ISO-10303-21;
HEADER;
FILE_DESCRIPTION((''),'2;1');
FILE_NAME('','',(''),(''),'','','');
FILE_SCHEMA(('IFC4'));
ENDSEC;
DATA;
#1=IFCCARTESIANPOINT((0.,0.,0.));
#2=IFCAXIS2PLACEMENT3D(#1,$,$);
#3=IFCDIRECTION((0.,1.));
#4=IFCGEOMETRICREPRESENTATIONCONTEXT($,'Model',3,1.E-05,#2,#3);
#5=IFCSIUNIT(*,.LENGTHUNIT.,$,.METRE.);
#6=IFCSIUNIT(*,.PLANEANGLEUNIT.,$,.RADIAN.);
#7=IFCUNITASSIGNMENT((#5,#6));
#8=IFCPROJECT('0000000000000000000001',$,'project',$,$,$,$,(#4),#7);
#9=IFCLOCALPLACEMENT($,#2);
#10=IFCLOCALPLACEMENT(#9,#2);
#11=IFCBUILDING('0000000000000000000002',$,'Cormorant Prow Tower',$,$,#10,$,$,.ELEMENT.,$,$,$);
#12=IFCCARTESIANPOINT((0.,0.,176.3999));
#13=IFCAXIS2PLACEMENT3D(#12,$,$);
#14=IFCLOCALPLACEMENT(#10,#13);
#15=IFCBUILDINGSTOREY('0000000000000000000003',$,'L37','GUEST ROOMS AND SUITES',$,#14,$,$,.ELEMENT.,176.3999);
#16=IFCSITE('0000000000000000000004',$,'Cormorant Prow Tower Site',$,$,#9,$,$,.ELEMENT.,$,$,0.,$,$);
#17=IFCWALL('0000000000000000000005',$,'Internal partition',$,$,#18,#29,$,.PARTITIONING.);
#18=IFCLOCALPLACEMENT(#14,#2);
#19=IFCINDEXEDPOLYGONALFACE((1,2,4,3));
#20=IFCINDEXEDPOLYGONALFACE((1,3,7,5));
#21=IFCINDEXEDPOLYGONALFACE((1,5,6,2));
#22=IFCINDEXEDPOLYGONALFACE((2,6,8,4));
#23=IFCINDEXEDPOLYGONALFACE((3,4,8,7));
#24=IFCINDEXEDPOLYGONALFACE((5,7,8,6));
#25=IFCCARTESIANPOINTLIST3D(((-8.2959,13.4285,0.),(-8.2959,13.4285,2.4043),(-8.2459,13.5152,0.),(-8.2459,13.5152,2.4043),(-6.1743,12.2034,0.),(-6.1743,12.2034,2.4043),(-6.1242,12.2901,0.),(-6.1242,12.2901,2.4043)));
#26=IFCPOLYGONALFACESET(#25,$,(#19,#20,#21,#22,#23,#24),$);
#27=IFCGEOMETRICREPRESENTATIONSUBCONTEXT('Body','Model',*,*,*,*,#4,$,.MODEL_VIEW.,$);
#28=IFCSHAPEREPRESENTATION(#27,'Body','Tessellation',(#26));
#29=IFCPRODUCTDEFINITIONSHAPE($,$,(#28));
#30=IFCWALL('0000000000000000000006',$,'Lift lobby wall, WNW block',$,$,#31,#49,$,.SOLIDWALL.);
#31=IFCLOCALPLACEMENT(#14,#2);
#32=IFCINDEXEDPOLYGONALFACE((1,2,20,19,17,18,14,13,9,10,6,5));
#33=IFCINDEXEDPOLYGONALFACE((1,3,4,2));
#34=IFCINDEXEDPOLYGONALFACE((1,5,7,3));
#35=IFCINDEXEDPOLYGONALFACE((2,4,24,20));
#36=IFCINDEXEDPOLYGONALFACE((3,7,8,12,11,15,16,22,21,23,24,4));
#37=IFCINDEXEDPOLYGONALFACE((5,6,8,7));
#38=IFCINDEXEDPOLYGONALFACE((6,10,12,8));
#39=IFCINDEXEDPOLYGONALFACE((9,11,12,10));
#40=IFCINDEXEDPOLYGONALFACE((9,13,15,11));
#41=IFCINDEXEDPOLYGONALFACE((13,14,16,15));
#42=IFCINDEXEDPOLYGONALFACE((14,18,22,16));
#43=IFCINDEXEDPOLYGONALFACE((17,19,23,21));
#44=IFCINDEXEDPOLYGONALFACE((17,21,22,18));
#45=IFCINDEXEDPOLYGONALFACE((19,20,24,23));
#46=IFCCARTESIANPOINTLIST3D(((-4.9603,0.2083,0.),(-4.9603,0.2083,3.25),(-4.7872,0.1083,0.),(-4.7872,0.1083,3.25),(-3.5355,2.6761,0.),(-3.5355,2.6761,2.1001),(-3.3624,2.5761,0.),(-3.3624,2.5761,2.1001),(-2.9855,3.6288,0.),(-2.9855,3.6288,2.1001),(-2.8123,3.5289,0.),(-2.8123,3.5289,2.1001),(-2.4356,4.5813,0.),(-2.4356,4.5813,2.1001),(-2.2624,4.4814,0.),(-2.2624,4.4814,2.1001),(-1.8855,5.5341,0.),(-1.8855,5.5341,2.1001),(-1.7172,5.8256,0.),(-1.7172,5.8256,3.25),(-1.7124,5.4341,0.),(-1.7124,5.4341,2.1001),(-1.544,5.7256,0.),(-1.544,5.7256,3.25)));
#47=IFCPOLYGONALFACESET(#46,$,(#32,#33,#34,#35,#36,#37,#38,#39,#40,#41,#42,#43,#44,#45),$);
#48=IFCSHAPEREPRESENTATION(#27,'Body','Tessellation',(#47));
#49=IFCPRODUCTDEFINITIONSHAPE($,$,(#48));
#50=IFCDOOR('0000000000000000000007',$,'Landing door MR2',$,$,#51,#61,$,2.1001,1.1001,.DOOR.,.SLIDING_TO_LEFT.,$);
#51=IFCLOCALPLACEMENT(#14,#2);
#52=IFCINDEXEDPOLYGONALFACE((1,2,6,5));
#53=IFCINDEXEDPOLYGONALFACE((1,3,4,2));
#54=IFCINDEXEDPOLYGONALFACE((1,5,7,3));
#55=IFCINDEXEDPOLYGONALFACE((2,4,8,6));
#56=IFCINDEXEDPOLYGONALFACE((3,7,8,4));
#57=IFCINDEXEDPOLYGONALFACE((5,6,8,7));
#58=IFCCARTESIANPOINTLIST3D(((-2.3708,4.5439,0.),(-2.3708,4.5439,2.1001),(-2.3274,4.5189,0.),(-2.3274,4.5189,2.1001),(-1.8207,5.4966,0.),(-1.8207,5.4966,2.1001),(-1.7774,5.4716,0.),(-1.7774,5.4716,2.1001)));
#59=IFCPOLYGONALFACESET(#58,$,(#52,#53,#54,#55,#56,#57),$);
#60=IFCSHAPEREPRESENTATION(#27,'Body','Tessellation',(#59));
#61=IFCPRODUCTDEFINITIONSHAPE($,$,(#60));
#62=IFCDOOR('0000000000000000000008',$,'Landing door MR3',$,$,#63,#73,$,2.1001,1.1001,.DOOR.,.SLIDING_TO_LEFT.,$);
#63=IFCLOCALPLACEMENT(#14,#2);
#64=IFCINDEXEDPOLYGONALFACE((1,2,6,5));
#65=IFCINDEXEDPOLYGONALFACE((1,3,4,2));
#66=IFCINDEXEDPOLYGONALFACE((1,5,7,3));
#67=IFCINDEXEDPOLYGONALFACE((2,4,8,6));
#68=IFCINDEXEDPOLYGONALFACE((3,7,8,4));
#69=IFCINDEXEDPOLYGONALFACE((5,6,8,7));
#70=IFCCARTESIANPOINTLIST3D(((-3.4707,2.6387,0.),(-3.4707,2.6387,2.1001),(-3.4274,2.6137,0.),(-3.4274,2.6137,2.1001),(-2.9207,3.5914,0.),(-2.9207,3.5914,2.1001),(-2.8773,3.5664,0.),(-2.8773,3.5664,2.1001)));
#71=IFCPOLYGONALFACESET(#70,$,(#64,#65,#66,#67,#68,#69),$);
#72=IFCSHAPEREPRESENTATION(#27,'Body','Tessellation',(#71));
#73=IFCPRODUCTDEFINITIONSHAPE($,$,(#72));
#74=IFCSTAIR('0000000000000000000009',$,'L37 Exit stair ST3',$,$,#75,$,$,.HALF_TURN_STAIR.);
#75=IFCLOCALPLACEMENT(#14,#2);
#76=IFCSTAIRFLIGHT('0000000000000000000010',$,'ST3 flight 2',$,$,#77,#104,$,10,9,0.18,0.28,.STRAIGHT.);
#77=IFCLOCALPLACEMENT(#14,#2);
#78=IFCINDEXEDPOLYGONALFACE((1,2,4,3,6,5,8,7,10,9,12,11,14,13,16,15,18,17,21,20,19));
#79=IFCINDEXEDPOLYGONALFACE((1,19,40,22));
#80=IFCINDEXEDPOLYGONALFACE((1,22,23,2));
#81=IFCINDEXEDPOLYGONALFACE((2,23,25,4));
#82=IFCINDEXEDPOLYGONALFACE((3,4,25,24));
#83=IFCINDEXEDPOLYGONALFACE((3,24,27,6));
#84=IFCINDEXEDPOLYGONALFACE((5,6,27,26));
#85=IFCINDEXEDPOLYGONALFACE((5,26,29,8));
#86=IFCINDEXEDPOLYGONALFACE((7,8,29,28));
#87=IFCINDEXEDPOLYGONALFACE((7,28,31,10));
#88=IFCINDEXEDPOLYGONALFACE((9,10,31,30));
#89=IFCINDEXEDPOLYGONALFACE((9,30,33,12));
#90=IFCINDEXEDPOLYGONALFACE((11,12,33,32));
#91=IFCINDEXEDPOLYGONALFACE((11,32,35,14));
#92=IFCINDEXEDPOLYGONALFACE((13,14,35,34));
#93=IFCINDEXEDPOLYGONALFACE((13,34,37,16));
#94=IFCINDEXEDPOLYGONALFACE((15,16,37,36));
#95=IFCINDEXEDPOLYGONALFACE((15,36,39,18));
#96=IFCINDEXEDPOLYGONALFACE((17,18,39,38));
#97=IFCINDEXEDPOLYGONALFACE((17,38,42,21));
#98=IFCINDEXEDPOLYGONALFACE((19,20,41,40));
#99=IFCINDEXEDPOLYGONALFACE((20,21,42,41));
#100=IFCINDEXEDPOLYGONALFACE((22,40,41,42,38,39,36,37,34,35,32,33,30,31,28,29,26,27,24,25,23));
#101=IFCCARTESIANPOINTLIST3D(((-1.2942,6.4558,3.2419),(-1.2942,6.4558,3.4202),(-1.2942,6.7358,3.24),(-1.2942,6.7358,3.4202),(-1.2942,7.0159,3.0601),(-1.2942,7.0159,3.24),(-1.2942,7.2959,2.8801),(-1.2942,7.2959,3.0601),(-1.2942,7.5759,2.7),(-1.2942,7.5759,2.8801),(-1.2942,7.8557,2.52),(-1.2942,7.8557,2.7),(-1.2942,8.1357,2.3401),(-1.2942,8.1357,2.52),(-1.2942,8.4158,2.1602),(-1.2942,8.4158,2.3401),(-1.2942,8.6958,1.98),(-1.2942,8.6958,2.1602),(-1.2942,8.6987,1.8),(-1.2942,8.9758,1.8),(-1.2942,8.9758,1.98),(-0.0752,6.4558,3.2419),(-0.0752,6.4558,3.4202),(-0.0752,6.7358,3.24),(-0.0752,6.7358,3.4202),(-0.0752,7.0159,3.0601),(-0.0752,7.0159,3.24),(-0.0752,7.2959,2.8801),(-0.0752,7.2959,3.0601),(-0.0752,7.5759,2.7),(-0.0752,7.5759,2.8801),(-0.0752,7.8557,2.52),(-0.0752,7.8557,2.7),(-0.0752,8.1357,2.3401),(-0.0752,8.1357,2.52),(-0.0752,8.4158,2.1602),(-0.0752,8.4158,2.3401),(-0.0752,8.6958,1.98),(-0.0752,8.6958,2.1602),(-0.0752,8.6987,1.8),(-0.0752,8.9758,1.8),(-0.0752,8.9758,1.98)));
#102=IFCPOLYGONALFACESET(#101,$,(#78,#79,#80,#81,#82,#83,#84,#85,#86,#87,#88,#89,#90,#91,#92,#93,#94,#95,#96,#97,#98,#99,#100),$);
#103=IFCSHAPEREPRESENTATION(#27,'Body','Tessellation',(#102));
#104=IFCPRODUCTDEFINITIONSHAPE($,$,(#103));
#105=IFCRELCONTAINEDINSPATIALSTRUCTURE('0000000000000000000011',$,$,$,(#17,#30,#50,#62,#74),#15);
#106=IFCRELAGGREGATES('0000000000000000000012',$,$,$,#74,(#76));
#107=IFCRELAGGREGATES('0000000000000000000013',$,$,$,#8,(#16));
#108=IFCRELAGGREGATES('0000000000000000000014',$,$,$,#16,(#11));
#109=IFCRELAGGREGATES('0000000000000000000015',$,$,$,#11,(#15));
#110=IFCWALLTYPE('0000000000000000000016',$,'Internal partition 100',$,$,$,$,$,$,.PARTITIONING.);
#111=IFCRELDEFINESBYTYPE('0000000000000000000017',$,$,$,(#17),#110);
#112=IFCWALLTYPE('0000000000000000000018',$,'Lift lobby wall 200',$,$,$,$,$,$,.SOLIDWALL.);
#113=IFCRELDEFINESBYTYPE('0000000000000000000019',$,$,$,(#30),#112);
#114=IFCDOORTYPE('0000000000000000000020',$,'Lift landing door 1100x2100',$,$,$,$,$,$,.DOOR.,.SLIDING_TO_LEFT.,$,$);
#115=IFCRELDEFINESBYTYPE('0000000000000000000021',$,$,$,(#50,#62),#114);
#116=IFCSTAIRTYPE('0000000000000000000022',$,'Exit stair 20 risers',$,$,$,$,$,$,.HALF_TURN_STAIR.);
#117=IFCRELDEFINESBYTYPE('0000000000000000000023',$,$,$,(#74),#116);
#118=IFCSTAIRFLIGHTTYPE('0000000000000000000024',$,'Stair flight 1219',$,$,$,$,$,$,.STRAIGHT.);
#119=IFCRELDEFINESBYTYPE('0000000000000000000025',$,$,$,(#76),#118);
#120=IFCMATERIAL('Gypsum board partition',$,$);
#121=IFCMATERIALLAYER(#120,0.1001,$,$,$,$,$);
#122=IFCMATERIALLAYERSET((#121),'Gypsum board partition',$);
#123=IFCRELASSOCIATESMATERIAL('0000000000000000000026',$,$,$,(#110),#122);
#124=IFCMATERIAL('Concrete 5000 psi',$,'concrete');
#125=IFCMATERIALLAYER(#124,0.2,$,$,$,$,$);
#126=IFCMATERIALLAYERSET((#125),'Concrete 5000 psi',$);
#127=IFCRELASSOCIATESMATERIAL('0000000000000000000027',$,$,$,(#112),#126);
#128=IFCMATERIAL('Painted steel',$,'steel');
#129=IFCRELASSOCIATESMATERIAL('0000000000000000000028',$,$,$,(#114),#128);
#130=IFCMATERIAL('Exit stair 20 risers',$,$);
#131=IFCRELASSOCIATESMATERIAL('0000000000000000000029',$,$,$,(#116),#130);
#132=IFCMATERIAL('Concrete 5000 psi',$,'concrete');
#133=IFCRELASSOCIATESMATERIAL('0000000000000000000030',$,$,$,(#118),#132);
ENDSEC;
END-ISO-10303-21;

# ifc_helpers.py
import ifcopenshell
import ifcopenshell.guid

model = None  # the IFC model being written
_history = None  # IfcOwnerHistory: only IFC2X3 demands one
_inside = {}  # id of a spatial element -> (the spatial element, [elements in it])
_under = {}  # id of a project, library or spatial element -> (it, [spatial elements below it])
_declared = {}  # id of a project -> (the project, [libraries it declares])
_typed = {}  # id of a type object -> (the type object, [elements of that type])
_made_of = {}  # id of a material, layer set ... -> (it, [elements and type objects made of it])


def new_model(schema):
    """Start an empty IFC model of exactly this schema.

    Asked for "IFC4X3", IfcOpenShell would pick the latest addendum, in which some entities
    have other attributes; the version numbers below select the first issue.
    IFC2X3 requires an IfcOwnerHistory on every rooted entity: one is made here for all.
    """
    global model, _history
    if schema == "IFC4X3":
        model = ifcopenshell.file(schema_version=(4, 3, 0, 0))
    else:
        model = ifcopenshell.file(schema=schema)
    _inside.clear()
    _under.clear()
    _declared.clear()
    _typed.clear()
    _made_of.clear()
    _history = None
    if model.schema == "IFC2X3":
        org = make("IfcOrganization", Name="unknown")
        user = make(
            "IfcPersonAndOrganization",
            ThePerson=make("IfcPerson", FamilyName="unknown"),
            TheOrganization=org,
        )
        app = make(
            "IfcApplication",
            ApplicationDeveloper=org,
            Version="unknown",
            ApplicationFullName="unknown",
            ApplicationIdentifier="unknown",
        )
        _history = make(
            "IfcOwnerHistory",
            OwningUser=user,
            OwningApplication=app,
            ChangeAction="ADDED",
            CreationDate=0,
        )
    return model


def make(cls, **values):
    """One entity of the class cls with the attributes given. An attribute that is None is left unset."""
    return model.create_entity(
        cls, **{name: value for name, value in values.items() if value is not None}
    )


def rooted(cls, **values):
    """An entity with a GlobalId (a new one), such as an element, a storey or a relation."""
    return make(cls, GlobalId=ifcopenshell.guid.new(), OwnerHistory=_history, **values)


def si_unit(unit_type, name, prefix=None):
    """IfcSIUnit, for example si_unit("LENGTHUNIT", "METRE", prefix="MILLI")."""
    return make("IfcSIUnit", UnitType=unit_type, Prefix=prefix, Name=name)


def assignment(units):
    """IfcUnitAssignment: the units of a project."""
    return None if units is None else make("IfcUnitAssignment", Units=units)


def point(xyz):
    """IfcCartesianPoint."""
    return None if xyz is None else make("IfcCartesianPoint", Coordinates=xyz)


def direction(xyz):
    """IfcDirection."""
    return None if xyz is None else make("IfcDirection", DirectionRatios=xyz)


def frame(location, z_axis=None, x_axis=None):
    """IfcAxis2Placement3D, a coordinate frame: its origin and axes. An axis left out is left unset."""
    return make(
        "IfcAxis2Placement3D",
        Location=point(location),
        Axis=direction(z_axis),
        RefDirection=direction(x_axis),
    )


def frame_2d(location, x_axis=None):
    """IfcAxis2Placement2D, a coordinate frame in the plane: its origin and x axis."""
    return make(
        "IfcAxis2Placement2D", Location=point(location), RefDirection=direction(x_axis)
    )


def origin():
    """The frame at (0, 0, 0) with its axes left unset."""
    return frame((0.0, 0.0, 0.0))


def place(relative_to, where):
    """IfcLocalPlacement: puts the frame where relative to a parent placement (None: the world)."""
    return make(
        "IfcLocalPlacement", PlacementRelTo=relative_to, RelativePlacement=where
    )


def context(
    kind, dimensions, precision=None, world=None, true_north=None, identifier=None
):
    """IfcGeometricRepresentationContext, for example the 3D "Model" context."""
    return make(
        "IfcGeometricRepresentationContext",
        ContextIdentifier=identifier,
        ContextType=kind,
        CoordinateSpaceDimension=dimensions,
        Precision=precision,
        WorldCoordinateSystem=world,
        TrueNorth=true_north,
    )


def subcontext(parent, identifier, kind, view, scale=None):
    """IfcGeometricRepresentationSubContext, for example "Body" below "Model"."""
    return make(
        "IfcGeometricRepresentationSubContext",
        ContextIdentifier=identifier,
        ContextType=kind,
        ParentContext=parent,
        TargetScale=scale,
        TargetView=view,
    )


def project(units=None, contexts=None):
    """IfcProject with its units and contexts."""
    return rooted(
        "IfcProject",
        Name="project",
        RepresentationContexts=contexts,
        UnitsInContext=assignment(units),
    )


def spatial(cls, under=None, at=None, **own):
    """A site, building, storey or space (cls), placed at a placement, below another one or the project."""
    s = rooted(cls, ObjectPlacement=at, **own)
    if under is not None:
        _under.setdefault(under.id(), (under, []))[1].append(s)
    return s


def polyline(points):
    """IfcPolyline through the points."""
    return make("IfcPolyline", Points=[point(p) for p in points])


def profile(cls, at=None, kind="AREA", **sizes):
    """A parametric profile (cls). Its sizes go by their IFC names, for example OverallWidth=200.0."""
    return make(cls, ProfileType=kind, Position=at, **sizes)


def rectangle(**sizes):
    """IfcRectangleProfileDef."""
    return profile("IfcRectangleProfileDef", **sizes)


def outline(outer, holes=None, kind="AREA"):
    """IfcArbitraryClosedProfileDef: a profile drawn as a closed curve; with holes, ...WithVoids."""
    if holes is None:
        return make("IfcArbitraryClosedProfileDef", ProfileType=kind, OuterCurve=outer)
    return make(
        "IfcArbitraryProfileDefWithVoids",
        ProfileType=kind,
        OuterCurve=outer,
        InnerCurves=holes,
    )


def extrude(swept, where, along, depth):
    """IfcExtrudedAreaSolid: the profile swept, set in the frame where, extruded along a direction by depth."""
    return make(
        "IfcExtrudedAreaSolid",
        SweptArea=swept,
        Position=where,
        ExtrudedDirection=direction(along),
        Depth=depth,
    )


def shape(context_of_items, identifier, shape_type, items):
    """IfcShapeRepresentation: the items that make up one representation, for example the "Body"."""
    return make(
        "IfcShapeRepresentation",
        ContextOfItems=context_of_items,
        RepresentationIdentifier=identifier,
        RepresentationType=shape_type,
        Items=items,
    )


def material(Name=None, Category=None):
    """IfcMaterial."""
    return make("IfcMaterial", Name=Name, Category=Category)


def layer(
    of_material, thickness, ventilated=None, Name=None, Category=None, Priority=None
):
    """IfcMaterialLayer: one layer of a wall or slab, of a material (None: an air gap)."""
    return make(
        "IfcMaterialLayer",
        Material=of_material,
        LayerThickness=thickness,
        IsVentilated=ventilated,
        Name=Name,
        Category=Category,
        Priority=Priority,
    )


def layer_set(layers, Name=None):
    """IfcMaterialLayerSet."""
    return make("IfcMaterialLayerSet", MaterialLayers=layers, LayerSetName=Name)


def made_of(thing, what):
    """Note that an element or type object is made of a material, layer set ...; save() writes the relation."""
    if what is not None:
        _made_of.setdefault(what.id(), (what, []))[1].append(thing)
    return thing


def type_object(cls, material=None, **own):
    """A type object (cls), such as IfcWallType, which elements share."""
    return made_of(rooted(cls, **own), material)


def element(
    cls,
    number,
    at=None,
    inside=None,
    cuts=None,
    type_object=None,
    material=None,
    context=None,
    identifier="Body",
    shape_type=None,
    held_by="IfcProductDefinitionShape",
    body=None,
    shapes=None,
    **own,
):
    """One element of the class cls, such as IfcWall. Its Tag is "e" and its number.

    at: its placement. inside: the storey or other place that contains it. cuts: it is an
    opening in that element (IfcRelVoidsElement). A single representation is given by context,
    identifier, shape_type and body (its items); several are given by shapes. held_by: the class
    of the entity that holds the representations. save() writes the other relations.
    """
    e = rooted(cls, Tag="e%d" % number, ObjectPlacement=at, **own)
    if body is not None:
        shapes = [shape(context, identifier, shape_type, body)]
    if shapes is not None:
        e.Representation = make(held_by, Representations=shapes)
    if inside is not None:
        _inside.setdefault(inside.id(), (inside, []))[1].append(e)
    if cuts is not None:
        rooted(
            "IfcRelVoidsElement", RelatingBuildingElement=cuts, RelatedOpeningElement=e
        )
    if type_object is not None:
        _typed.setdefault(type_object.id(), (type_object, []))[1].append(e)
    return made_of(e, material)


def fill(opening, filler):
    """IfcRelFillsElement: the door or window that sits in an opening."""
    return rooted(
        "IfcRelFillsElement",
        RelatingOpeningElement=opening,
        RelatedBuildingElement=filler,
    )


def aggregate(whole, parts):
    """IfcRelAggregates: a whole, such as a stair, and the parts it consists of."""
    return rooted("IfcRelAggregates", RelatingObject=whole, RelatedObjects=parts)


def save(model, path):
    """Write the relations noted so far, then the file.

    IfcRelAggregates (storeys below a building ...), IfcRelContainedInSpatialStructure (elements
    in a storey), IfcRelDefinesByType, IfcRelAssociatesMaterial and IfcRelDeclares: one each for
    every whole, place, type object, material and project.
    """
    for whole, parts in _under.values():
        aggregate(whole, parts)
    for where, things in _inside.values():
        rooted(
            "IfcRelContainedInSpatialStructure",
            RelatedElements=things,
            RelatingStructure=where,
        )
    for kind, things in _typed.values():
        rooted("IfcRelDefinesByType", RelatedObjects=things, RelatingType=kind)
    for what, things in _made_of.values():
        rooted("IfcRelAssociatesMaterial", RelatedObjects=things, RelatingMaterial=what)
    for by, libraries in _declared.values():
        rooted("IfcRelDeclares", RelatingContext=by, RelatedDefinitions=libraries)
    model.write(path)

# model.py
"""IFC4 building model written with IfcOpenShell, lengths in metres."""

from ifc_helpers import new_model, si_unit, direction, frame, frame_2d, origin, place, context, subcontext, project, spatial, polyline, rectangle, outline, extrude, material, layer, layer_set, type_object, element, fill, aggregate, save


model = new_model("IFC4")

# Units and contexts
model_context = context("Model", 3, precision=1e-05, world=origin(), true_north=direction((0.0, 1.0)))
body_context = subcontext(model_context, "Body", "Model", "MODEL_VIEW")
ifc_project = project(units=[si_unit("LENGTHUNIT", "METRE"), si_unit("PLANEANGLEUNIT", "RADIAN")], contexts=[model_context])

# Site, building, storey
site_placement = place(None, origin())
site = spatial("IfcSite", under=ifc_project, at=site_placement, Name="Cormorant Prow Tower Site", CompositionType="ELEMENT", RefElevation=0.0)
building_placement = place(site_placement, origin())
building = spatial("IfcBuilding", under=site, at=building_placement, Name="Cormorant Prow Tower", CompositionType="ELEMENT")
storey_placement = place(building_placement, frame((0.0, 0.0, 176.3999)))
storey = spatial("IfcBuildingStorey", under=building, at=storey_placement, Name="L37", Description="GUEST ROOMS AND SUITES", CompositionType="ELEMENT", Elevation=176.3999)

# Shared definitions
ifc_material_1 = material(Name="Gypsum board partition")
ifc_layer_1 = layer(ifc_material_1, 0.1001)
ifc_layer_set_1 = layer_set([ifc_layer_1], Name="Gypsum board partition")
wall_type_1 = type_object("IfcWallType", Name="Internal partition 100", PredefinedType="PARTITIONING", material=ifc_layer_set_1)

# Wall
wall_1_placement = place(storey_placement, frame((-8.271, 13.4719, 0.0), z_axis=(0.0, 0.0, 1.0), x_axis=(0.86599, -0.500062, 0.0)))
element("IfcWall", 1, at=wall_1_placement, inside=storey, type_object=wall_type_1, Name="Internal partition", PredefinedType="PARTITIONING", context=body_context, shape_type="SweptSolid", body=[
    extrude(rectangle(XDim=2.45, YDim=0.1001, at=frame_2d((1.2251, 0.0))), origin(), (0.0, 0.0, 1.0), 2.4043),
])

# Wall, openings, doors
ifc_material_2 = material(Name="Concrete 5000 psi", Category="concrete")
ifc_layer_2 = layer(ifc_material_2, 0.2)
ifc_layer_set_2 = layer_set([ifc_layer_2], Name="Concrete 5000 psi")
wall_type_2 = type_object("IfcWallType", Name="Lift lobby wall 200", PredefinedType="SOLIDWALL", material=ifc_layer_set_2)
wall_2_placement = place(storey_placement, frame((-1.6306, 5.7756, 0.0), z_axis=(0.0, 0.0, 1.0), x_axis=(-0.499993, -0.86603, 0.0)))
wall_2 = element("IfcWall", 2, at=wall_2_placement, inside=storey, type_object=wall_type_2, Name="Lift lobby wall, WNW block", PredefinedType="SOLIDWALL", context=body_context, shape_type="SweptSolid", body=[
    extrude(rectangle(XDim=6.4863, YDim=0.2, at=frame_2d((3.2432, 0.0))), origin(), (0.0, 0.0, 1.0), 3.25),
])
opening_1_placement = place(wall_2_placement, frame((0.3367, 0.0, 0.0)))
opening_1 = element("IfcOpeningElement", 3, at=opening_1_placement, cuts=wall_2, PredefinedType="OPENING", context=body_context, shape_type="SweptSolid", body=[
    extrude(rectangle(XDim=1.1001, YDim=2.1001, at=frame_2d((0.55, 1.05))), frame((0.0, 0.1099, 0.0), z_axis=(0.0, -1.0, 0.0), x_axis=(1.0, 0.0, 0.0)), (0.0, 0.0, 1.0), 0.22),
])
opening_2_placement = place(wall_2_placement, frame((2.5366, 0.0, 0.0)))
opening_2 = element("IfcOpeningElement", 4, at=opening_2_placement, cuts=wall_2, PredefinedType="OPENING", context=body_context, shape_type="SweptSolid", body=[
    extrude(rectangle(XDim=1.1001, YDim=2.1001, at=frame_2d((0.55, 1.05))), frame((0.0, 0.1099, 0.0), z_axis=(0.0, -1.0, 0.0), x_axis=(1.0, 0.0, 0.0)), (0.0, 0.0, 1.0), 0.22),
])
ifc_material_3 = material(Name="Painted steel", Category="steel")
door_type_1 = type_object("IfcDoorType", Name="Lift landing door 1100x2100", OperationType="SLIDING_TO_LEFT", PredefinedType="DOOR", material=ifc_material_3)
door_1_placement = place(opening_1_placement, origin())
door_1 = element("IfcDoor", 5, at=door_1_placement, inside=storey, type_object=door_type_1, Name="Landing door MR2", OperationType="SLIDING_TO_LEFT", OverallHeight=2.1001, OverallWidth=1.1001, PredefinedType="DOOR", context=body_context, shape_type="SweptSolid", body=[
    extrude(rectangle(XDim=1.1001, YDim=2.1001, at=frame_2d((0.55, 1.05))), frame((0.0, 0.0249, 0.0), z_axis=(0.0, -1.0, 0.0), x_axis=(1.0, 0.0, 0.0)), (0.0, 0.0, 1.0), 0.05),
])
fill(opening_1, door_1)
door_2_placement = place(opening_2_placement, origin())
door_2 = element("IfcDoor", 6, at=door_2_placement, inside=storey, type_object=door_type_1, Name="Landing door MR3", OperationType="SLIDING_TO_LEFT", OverallHeight=2.1001, OverallWidth=1.1001, PredefinedType="DOOR", context=body_context, shape_type="SweptSolid", body=[
    extrude(rectangle(XDim=1.1001, YDim=2.1001, at=frame_2d((0.55, 1.05))), frame((0.0, 0.0249, 0.0), z_axis=(0.0, -1.0, 0.0), x_axis=(1.0, 0.0, 0.0)), (0.0, 0.0, 1.0), 0.05),
])
fill(opening_2, door_2)

# Stair, stair flight
ifc_material_4 = material(Name="Exit stair 20 risers")
stair_type = type_object("IfcStairType", Name="Exit stair 20 risers", PredefinedType="HALF_TURN_STAIR", material=ifc_material_4)
stair_placement = place(storey_placement, origin())
stair = element("IfcStair", 7, at=stair_placement, inside=storey, type_object=stair_type, Name="L37 Exit stair ST3", PredefinedType="HALF_TURN_STAIR")
ifc_material_5 = material(Name="Concrete 5000 psi", Category="concrete")
stair_flight_type = type_object("IfcStairFlightType", Name="Stair flight 1219", PredefinedType="STRAIGHT", material=ifc_material_5)
stair_flight_placement = place(storey_placement, frame((-0.6846, 8.9758, 1.8), z_axis=(0.0, 0.0, 1.0), x_axis=(0.0, -1.0, 0.0)))
stair_flight = element("IfcStairFlight", 8, at=stair_flight_placement, type_object=stair_flight_type, Name="ST3 flight 2", NumberOfRisers=10, NumberOfTreads=9, PredefinedType="STRAIGHT", RiserHeight=0.18, TreadLength=0.28, context=body_context, shape_type="SweptSolid", body=[
    extrude(outline(polyline([(0.0, 0.0), (0.0, 0.1799), (0.28, 0.1799), (0.28, 0.3601), (0.5601, 0.3601), (0.5601, 0.54), (0.8401, 0.54), (0.8401, 0.72), (1.1201, 0.72), (1.1201, 0.8999), (1.3999, 0.8999), (1.3999, 1.0801), (1.6799, 1.0801), (1.6799, 1.26), (1.96, 1.26), (1.96, 1.4399), (2.24, 1.4399), (2.24, 1.6201), (2.52, 1.6201), (2.52, 1.8), (2.52, 1.4419), (0.2771, 0.0), (0.0, 0.0)])), frame((0.0, 0.6094, 0.0), z_axis=(0.0, -1.0, 0.0), x_axis=(1.0, 0.0, 0.0)), (0.0, 0.0, 1.0), 1.219),
])
aggregate(stair, [stair_flight])

save(model, "model.ifc")
